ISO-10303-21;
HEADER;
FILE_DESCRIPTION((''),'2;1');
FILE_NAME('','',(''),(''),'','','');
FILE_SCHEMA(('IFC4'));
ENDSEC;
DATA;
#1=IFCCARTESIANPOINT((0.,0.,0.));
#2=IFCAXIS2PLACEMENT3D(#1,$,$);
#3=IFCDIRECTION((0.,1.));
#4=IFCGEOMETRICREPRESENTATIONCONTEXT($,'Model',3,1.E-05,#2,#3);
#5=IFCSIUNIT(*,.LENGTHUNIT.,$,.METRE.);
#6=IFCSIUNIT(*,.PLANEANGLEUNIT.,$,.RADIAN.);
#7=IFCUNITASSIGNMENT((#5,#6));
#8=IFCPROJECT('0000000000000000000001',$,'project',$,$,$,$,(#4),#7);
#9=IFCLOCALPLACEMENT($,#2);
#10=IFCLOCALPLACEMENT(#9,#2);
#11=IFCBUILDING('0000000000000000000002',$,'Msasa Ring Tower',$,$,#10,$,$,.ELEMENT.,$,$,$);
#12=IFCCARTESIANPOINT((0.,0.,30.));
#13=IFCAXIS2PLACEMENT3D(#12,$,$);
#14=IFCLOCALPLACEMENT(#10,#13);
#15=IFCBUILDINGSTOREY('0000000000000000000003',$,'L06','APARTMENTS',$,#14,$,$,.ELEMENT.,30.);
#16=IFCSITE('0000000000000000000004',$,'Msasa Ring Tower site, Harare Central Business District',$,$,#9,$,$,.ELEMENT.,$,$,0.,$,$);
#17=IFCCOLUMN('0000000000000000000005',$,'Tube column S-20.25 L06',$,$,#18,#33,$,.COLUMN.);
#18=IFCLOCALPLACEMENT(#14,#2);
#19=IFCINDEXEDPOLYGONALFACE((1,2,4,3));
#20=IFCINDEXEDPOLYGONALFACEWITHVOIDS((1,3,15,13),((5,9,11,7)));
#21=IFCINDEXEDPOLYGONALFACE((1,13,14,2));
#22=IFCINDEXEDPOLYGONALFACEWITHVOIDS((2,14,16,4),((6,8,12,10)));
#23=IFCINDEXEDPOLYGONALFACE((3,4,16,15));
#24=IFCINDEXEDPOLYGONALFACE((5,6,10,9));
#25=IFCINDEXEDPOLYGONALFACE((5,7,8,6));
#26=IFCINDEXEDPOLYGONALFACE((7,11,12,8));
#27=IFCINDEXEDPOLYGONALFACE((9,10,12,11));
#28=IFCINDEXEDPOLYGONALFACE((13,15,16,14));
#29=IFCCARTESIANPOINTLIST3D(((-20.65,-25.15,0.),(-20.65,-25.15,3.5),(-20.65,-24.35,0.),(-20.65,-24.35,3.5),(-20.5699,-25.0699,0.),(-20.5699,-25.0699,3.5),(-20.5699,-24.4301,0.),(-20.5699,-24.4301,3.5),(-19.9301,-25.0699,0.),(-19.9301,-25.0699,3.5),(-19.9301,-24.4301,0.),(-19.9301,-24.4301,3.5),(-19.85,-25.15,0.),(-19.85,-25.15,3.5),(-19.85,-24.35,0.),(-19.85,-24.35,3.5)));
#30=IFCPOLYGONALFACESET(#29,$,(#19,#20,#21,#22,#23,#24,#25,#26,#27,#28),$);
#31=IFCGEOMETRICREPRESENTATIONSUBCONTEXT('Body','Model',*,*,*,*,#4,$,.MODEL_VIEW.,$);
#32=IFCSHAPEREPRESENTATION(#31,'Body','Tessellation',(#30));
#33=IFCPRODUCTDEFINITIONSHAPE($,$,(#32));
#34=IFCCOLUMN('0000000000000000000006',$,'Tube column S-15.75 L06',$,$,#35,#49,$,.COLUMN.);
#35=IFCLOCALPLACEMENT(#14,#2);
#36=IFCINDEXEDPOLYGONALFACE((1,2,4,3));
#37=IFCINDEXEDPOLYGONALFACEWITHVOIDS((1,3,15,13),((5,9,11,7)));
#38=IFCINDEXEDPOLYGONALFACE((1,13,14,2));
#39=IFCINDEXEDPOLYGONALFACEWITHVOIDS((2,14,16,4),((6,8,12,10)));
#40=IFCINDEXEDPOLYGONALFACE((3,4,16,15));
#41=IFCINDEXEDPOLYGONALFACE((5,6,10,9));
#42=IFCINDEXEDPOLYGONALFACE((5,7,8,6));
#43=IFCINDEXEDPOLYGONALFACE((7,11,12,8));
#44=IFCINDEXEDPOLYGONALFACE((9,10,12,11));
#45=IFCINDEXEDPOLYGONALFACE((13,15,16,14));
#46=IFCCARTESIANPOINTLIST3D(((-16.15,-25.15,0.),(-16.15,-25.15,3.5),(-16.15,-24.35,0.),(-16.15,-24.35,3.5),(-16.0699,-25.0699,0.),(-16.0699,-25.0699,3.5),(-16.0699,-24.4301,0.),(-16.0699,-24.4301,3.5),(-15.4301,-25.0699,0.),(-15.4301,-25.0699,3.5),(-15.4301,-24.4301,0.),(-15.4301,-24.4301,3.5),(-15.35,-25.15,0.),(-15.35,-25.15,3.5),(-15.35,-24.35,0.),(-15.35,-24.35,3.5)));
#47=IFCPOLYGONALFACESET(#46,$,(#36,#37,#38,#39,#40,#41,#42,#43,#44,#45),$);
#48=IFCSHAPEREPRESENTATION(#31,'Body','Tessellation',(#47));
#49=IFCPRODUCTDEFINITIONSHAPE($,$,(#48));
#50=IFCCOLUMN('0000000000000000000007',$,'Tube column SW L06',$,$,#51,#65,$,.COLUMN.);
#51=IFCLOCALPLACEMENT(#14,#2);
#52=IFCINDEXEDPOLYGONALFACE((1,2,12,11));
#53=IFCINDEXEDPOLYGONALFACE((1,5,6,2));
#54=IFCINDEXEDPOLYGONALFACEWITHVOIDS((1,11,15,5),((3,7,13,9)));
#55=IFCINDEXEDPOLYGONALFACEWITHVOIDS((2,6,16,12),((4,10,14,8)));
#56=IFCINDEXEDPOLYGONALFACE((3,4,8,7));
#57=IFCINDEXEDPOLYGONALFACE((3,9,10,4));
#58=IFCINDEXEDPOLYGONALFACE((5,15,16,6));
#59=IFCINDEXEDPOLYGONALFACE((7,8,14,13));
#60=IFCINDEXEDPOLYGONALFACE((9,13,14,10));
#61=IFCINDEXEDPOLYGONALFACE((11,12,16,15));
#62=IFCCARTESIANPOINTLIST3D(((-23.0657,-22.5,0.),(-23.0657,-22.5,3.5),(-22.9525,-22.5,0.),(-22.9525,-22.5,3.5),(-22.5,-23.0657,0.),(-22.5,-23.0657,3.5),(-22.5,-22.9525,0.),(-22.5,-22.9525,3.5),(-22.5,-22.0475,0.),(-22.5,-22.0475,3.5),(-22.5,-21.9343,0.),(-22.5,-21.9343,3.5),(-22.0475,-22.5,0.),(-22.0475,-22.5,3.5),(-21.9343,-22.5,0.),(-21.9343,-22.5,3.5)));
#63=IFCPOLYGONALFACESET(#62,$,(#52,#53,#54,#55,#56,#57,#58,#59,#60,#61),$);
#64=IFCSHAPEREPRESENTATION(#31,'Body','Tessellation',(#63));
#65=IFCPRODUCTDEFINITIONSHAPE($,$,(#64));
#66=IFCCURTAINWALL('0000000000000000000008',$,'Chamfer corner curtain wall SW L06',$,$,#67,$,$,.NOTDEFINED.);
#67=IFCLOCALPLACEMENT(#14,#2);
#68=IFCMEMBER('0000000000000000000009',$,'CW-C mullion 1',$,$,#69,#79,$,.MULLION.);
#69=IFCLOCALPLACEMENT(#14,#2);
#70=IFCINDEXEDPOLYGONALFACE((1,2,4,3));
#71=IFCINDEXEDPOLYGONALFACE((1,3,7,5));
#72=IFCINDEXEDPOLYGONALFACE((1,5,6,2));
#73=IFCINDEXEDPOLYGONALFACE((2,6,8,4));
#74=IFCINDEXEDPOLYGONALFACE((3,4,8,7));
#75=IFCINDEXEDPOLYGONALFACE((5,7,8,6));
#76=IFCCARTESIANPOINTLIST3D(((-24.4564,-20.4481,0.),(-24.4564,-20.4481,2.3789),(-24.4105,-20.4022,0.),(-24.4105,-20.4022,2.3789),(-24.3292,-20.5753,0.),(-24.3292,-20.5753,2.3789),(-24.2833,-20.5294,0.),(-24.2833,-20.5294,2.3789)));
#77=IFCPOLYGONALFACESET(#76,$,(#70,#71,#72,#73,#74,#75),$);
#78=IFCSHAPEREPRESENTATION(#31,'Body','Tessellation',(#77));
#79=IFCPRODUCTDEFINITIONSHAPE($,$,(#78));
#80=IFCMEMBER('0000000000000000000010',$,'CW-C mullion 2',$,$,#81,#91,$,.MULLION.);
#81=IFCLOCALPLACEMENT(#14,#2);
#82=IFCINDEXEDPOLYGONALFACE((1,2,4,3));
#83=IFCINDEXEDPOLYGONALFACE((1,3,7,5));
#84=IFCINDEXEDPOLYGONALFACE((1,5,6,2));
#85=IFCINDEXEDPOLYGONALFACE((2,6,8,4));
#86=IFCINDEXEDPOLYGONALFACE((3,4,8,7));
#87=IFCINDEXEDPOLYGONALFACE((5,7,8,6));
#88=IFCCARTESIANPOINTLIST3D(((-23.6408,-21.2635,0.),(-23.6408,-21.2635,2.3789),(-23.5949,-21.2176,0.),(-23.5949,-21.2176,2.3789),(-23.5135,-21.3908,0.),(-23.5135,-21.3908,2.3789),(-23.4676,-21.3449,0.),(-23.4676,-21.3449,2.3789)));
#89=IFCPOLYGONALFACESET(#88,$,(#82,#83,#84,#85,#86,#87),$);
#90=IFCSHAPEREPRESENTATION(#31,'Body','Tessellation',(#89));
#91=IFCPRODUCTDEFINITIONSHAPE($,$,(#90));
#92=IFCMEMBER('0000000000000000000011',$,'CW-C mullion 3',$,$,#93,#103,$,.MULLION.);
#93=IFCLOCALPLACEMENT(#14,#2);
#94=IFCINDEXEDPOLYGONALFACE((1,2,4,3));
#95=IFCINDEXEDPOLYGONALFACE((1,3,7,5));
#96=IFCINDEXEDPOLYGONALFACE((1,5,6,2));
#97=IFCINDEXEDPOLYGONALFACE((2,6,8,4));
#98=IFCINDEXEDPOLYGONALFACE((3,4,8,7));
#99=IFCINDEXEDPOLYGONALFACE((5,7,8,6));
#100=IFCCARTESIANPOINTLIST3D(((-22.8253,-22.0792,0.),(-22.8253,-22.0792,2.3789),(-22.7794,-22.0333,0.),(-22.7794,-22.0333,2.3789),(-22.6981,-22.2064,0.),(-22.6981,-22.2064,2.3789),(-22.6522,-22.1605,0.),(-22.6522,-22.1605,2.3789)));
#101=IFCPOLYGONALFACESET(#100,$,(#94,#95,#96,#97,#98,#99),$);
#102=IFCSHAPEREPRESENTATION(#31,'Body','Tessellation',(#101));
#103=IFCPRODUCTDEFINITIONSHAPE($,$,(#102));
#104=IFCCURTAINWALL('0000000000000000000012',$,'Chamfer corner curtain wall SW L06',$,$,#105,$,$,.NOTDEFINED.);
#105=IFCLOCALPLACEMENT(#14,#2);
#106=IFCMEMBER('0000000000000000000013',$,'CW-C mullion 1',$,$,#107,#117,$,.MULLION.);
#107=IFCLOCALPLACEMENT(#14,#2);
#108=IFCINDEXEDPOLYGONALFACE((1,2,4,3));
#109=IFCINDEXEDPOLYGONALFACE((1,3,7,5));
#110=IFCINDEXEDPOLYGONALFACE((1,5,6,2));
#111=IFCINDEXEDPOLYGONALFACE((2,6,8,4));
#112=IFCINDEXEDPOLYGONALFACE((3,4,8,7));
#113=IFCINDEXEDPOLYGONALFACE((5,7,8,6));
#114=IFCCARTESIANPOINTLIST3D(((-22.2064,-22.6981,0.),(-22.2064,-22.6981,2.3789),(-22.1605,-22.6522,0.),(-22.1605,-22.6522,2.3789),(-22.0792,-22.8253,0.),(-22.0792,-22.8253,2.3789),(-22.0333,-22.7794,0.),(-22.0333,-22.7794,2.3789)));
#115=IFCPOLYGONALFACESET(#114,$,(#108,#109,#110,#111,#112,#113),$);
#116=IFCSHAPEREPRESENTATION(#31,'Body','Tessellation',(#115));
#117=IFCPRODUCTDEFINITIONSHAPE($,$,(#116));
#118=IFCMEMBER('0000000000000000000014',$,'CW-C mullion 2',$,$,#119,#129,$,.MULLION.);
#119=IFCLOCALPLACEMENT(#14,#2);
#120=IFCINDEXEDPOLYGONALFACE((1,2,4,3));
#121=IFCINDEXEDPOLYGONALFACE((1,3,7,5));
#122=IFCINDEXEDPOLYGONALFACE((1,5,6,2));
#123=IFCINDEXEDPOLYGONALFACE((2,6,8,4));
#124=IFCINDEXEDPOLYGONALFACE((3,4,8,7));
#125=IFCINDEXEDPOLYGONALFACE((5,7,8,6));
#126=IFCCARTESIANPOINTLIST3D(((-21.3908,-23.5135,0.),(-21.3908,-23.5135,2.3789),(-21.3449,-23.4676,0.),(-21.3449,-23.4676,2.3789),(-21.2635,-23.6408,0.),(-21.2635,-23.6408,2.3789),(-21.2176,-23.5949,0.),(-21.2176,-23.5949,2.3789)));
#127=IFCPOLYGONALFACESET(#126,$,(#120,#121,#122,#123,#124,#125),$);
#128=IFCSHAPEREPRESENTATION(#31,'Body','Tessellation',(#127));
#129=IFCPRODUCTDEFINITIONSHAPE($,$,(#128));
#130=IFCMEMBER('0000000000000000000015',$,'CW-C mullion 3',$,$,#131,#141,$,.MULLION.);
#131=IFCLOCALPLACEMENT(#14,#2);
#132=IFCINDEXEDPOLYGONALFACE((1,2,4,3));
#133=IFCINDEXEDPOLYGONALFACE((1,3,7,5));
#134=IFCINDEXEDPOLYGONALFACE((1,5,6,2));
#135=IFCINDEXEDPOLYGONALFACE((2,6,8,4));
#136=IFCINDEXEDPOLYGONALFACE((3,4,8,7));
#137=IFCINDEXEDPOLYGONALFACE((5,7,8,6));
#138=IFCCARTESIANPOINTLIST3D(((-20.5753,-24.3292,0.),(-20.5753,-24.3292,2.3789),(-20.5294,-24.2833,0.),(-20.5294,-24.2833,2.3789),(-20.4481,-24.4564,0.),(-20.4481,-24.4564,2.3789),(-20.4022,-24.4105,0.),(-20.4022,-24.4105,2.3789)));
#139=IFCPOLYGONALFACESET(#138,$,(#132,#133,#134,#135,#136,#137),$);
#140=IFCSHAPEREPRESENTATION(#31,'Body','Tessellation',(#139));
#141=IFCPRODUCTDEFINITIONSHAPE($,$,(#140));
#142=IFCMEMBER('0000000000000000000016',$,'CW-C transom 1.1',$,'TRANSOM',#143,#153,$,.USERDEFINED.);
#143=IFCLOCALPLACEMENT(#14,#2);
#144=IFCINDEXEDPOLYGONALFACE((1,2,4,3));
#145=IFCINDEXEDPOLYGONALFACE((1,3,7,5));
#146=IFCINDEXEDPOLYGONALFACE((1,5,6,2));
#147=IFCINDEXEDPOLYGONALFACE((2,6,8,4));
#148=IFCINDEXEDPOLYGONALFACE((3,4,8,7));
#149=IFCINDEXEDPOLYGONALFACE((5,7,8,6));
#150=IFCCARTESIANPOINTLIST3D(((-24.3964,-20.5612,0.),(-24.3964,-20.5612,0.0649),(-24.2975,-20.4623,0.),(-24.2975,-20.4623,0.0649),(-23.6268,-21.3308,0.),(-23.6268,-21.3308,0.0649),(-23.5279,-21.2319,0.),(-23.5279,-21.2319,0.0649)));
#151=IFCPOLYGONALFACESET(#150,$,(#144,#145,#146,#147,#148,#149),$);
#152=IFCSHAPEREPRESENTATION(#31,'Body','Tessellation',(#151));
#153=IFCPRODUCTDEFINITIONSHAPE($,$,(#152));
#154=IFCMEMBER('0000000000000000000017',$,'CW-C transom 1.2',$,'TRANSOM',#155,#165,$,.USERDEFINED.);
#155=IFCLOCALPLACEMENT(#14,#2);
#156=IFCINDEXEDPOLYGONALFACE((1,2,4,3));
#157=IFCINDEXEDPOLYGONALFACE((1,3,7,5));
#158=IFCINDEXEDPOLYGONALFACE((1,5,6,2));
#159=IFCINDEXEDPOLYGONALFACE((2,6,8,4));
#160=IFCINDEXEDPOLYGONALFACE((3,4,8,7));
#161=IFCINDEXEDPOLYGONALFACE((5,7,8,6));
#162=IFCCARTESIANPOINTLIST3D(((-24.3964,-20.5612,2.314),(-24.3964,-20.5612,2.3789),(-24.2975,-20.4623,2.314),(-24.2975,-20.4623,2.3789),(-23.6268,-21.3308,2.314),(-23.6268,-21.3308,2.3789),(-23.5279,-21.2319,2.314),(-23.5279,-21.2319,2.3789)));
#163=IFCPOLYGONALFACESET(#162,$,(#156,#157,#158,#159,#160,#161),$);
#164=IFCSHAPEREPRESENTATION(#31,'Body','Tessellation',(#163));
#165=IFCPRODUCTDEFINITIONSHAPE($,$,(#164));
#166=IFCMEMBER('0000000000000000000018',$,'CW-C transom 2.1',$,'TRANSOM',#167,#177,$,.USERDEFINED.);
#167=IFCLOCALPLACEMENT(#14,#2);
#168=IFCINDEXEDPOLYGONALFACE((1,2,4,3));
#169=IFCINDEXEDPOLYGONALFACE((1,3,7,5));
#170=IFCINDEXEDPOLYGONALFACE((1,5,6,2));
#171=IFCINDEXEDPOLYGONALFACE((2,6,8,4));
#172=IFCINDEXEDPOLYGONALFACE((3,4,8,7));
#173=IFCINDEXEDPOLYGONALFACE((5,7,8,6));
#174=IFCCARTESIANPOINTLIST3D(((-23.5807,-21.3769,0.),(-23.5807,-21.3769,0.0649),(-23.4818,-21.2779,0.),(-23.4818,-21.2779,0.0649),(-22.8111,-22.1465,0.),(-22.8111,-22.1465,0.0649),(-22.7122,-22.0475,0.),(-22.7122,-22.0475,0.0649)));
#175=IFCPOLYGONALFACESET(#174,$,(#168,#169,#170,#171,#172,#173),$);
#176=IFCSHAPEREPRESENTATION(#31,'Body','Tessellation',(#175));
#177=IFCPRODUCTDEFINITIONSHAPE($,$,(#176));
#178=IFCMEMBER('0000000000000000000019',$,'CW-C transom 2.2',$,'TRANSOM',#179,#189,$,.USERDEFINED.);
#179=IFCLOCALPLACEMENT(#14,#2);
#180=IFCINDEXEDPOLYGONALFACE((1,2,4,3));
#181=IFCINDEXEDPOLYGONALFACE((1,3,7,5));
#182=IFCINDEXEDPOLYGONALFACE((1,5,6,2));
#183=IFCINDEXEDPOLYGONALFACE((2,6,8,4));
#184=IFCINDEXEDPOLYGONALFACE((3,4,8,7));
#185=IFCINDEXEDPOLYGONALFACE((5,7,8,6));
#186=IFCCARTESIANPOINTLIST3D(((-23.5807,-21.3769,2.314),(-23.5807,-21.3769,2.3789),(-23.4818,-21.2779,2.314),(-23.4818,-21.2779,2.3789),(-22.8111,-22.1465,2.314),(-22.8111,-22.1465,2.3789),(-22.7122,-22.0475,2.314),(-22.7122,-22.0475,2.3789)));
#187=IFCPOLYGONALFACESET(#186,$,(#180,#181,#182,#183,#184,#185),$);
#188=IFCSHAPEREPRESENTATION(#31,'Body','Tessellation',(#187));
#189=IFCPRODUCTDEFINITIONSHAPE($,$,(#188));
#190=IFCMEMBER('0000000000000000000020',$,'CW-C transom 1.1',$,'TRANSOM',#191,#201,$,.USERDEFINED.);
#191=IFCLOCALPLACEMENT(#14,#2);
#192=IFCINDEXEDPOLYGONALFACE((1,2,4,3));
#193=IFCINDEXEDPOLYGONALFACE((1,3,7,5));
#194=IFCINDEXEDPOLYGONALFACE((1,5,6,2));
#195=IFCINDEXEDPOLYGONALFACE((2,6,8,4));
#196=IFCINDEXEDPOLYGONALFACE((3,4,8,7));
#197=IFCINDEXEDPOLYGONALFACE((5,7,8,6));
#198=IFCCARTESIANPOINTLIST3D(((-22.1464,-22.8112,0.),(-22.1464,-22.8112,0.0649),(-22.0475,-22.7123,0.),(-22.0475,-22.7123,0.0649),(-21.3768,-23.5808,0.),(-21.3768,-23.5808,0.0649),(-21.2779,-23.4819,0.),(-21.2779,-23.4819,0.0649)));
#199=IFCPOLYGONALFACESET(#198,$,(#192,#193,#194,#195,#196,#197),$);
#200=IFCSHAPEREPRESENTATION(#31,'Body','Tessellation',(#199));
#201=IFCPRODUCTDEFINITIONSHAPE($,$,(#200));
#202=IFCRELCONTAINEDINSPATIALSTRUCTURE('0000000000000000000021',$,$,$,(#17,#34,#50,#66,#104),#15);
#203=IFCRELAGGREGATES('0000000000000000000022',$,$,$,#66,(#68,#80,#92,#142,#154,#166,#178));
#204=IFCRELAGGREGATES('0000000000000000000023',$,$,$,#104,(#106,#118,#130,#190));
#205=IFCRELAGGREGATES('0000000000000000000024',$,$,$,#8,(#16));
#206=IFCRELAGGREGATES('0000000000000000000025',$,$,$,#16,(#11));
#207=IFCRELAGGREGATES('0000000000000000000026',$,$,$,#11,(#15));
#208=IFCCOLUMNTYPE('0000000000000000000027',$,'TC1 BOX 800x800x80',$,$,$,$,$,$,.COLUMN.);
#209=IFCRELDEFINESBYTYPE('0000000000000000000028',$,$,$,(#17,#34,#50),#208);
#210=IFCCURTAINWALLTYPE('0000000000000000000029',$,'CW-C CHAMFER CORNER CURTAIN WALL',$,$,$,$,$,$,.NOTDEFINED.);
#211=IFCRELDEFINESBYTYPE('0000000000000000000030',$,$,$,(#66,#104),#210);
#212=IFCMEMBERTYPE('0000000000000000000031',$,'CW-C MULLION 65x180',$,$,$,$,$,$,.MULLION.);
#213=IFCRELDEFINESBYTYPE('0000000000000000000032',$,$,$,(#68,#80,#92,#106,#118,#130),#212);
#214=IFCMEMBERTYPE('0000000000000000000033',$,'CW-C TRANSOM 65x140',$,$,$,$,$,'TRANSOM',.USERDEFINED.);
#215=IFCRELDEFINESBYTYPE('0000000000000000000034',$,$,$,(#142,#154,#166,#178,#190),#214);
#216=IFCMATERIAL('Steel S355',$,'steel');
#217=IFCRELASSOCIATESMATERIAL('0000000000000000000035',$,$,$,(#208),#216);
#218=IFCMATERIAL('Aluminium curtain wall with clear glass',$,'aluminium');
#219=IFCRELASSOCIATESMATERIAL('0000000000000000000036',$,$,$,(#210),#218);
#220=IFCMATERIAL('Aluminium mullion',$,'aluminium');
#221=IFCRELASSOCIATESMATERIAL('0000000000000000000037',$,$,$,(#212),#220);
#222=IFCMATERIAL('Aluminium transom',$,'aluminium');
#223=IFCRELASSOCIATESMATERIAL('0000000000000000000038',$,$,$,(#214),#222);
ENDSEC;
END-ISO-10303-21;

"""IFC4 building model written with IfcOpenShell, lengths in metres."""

from ifc_helpers import new_model, si_unit, direction, frame, origin, origin_2d, place, context, subcontext, project, spatial, rectangle, hollow_rectangle, extrude, material, material_profile, profile_set, type_object, element, aggregate, save


model = new_model("IFC4")

# Units and contexts
model_context = context("Model", 3, precision=1e-05, world=origin(), true_north=direction((0.0, 1.0)))
body_context = subcontext(model_context, "Body", "Model", "MODEL_VIEW")
ifc_project = project(units=[si_unit("LENGTHUNIT", "METRE"), si_unit("PLANEANGLEUNIT", "RADIAN")], contexts=[model_context])

# Site, building, storey
site_placement = place(None, origin())
site = spatial("IfcSite", under=ifc_project, at=site_placement, Name="Msasa Ring Tower site, Harare Central Business District", CompositionType="ELEMENT", RefElevation=0.0)
building_placement = place(site_placement, origin())
building = spatial("IfcBuilding", under=site, at=building_placement, Name="Msasa Ring Tower", CompositionType="ELEMENT")
storey_placement = place(building_placement, frame((0.0, 0.0, 30.0)))
storey = spatial("IfcBuildingStorey", under=building, at=storey_placement, Name="L06", Description="APARTMENTS", CompositionType="ELEMENT", Elevation=30.0)

# Columns
ifc_material_1 = material(Name="Steel S355", Category="steel")
ifc_material_profile_1 = material_profile(ifc_material_1, hollow_rectangle(XDim=0.8, YDim=0.8, WallThickness=0.0801, at=origin_2d()), Name="BOX 800x800x80")
ifc_profile_set_1 = profile_set([ifc_material_profile_1], Name="Steel S355")
column_type = type_object("IfcColumnType", Name="TC1 BOX 800x800x80", PredefinedType="COLUMN", material=ifc_profile_set_1)
for number, where, z_axis, x_axis, name in (
    (1, (-20.25, -24.75, 0.0), (0.0, 0.0, 1.0), (0.0, 1.0, 0.0), "Tube column S-20.25 L06"),
    (2, (-15.75, -24.75, 0.0), (0.0, 0.0, 1.0), (0.0, 1.0, 0.0), "Tube column S-15.75 L06"),
    (3, (-22.5, -22.5, 0.0), (0.0, 0.0, 1.0), (0.707107, 0.707107, 0.0), "Tube column SW L06"),
):
    element("IfcColumn", number, at=place(storey_placement, frame(where, z_axis=z_axis, x_axis=x_axis)), inside=storey, type_object=column_type, Name=name, PredefinedType="COLUMN", context=body_context, shape_type="SweptSolid", body=[
        extrude(hollow_rectangle(XDim=0.8, YDim=0.8, WallThickness=0.0801, at=origin_2d()), origin(), (0.0, 0.0, 1.0), 3.5),
    ])

# Curtain walls, members
ifc_material_2 = material(Name="Aluminium curtain wall with clear glass", Category="aluminium")
curtain_wall_type = type_object("IfcCurtainWallType", Name="CW-C CHAMFER CORNER CURTAIN WALL", PredefinedType="NOTDEFINED", material=ifc_material_2)
curtain_wall_1_placement = place(storey_placement, origin())
curtain_wall_1 = element("IfcCurtainWall", 4, at=curtain_wall_1_placement, inside=storey, type_object=curtain_wall_type, Name="Chamfer corner curtain wall SW L06", PredefinedType="NOTDEFINED")
ifc_material_3 = material(Name="Aluminium mullion", Category="aluminium")
ifc_material_profile_2 = material_profile(ifc_material_3, rectangle(XDim=0.0649, YDim=0.1799, at=origin_2d()), Name="AL 65x180")
ifc_profile_set_2 = profile_set([ifc_material_profile_2], Name="Aluminium mullion")
member_type_1 = type_object("IfcMemberType", Name="CW-C MULLION 65x180", PredefinedType="MULLION", material=ifc_profile_set_2)
member_1_placement = place(storey_placement, frame((-24.3699, -20.4888, 0.0), z_axis=(0.0, 0.0, 1.0), x_axis=(0.707107, 0.707107, 0.0)))
member_1 = element("IfcMember", 5, at=member_1_placement, type_object=member_type_1, Name="CW-C mullion 1", PredefinedType="MULLION", context=body_context, shape_type="SweptSolid", body=[
    extrude(rectangle(XDim=0.0649, YDim=0.1799, at=origin_2d()), origin(), (0.0, 0.0, 1.0), 2.3789),
])
member_2_placement = place(storey_placement, frame((-23.5542, -21.3042, 0.0), z_axis=(0.0, 0.0, 1.0), x_axis=(0.707107, 0.707107, 0.0)))
member_2 = element("IfcMember", 6, at=member_2_placement, type_object=member_type_1, Name="CW-C mullion 2", PredefinedType="MULLION", context=body_context, shape_type="SweptSolid", body=[
    extrude(rectangle(XDim=0.0649, YDim=0.1799, at=origin_2d()), origin(), (0.0, 0.0, 1.0), 2.3789),
])
member_3_placement = place(storey_placement, frame((-22.7388, -22.1199, 0.0), z_axis=(0.0, 0.0, 1.0), x_axis=(0.707107, 0.707107, 0.0)))
member_3 = element("IfcMember", 7, at=member_3_placement, type_object=member_type_1, Name="CW-C mullion 3", PredefinedType="MULLION", context=body_context, shape_type="SweptSolid", body=[
    extrude(rectangle(XDim=0.0649, YDim=0.1799, at=origin_2d()), origin(), (0.0, 0.0, 1.0), 2.3789),
])
curtain_wall_2_placement = place(storey_placement, origin())
curtain_wall_2 = element("IfcCurtainWall", 8, at=curtain_wall_2_placement, inside=storey, type_object=curtain_wall_type, Name="Chamfer corner curtain wall SW L06", PredefinedType="NOTDEFINED")
member_4_placement = place(storey_placement, frame((-22.1199, -22.7388, 0.0), z_axis=(0.0, 0.0, 1.0), x_axis=(0.707107, 0.707107, 0.0)))
member_4 = element("IfcMember", 9, at=member_4_placement, type_object=member_type_1, Name="CW-C mullion 1", PredefinedType="MULLION", context=body_context, shape_type="SweptSolid", body=[
    extrude(rectangle(XDim=0.0649, YDim=0.1799, at=origin_2d()), origin(), (0.0, 0.0, 1.0), 2.3789),
])
member_5_placement = place(storey_placement, frame((-21.3042, -23.5542, 0.0), z_axis=(0.0, 0.0, 1.0), x_axis=(0.707107, 0.707107, 0.0)))
member_5 = element("IfcMember", 10, at=member_5_placement, type_object=member_type_1, Name="CW-C mullion 2", PredefinedType="MULLION", context=body_context, shape_type="SweptSolid", body=[
    extrude(rectangle(XDim=0.0649, YDim=0.1799, at=origin_2d()), origin(), (0.0, 0.0, 1.0), 2.3789),
])
member_6_placement = place(storey_placement, frame((-20.4888, -24.3699, 0.0), z_axis=(0.0, 0.0, 1.0), x_axis=(0.707107, 0.707107, 0.0)))
member_6 = element("IfcMember", 11, at=member_6_placement, type_object=member_type_1, Name="CW-C mullion 3", PredefinedType="MULLION", context=body_context, shape_type="SweptSolid", body=[
    extrude(rectangle(XDim=0.0649, YDim=0.1799, at=origin_2d()), origin(), (0.0, 0.0, 1.0), 2.3789),
])

# Members
ifc_material_4 = material(Name="Aluminium transom", Category="aluminium")
ifc_material_profile_3 = material_profile(ifc_material_4, rectangle(XDim=0.1399, YDim=0.0649, at=origin_2d()), Name="AL 65x140")
ifc_profile_set_3 = profile_set([ifc_material_profile_3], Name="Aluminium transom")
member_type_2 = type_object("IfcMemberType", Name="CW-C TRANSOM 65x140", ElementType="TRANSOM", PredefinedType="USERDEFINED", material=ifc_profile_set_3)
member_7_placement = place(storey_placement, frame((-24.3469, -20.5117, 0.0325), z_axis=(0.707107, -0.707107, 0.0), x_axis=(0.707107, 0.707107, 0.0)))
member_7 = element("IfcMember", 12, at=member_7_placement, type_object=member_type_2, Name="CW-C transom 1.1", ObjectType="TRANSOM", PredefinedType="USERDEFINED", context=body_context, shape_type="SweptSolid", body=[
    extrude(rectangle(XDim=0.1399, YDim=0.0649, at=origin_2d()), origin(), (0.0, 0.0, 1.0), 1.0884),
])
member_8_placement = place(storey_placement, frame((-24.3469, -20.5117, 2.3464), z_axis=(0.707107, -0.707107, 0.0), x_axis=(0.707107, 0.707107, 0.0)))
member_8 = element("IfcMember", 13, at=member_8_placement, type_object=member_type_2, Name="CW-C transom 1.2", ObjectType="TRANSOM", PredefinedType="USERDEFINED", context=body_context, shape_type="SweptSolid", body=[
    extrude(rectangle(XDim=0.1399, YDim=0.0649, at=origin_2d()), origin(), (0.0, 0.0, 1.0), 1.0884),
])
member_9_placement = place(storey_placement, frame((-23.5312, -21.3274, 0.0325), z_axis=(0.707107, -0.707107, 0.0), x_axis=(0.707107, 0.707107, 0.0)))
member_9 = element("IfcMember", 14, at=member_9_placement, type_object=member_type_2, Name="CW-C transom 2.1", ObjectType="TRANSOM", PredefinedType="USERDEFINED", context=body_context, shape_type="SweptSolid", body=[
    extrude(rectangle(XDim=0.1399, YDim=0.0649, at=origin_2d()), origin(), (0.0, 0.0, 1.0), 1.0884),
])
member_10_placement = place(storey_placement, frame((-23.5312, -21.3274, 2.3464), z_axis=(0.707107, -0.707107, 0.0), x_axis=(0.707107, 0.707107, 0.0)))
member_10 = element("IfcMember", 15, at=member_10_placement, type_object=member_type_2, Name="CW-C transom 2.2", ObjectType="TRANSOM", PredefinedType="USERDEFINED", context=body_context, shape_type="SweptSolid", body=[
    extrude(rectangle(XDim=0.1399, YDim=0.0649, at=origin_2d()), origin(), (0.0, 0.0, 1.0), 1.0884),
])
member_11_placement = place(storey_placement, frame((-22.0969, -22.7617, 0.0325), z_axis=(0.707107, -0.707107, 0.0), x_axis=(0.707107, 0.707107, 0.0)))
member_11 = element("IfcMember", 16, at=member_11_placement, type_object=member_type_2, Name="CW-C transom 1.1", ObjectType="TRANSOM", PredefinedType="USERDEFINED", context=body_context, shape_type="SweptSolid", body=[
    extrude(rectangle(XDim=0.1399, YDim=0.0649, at=origin_2d()), origin(), (0.0, 0.0, 1.0), 1.0884),
])

aggregate(curtain_wall_1, [member_1, member_2, member_3, member_7, member_8, member_9, member_10])
aggregate(curtain_wall_2, [member_4, member_5, member_6, member_11])

save(model, "model.ifc")
